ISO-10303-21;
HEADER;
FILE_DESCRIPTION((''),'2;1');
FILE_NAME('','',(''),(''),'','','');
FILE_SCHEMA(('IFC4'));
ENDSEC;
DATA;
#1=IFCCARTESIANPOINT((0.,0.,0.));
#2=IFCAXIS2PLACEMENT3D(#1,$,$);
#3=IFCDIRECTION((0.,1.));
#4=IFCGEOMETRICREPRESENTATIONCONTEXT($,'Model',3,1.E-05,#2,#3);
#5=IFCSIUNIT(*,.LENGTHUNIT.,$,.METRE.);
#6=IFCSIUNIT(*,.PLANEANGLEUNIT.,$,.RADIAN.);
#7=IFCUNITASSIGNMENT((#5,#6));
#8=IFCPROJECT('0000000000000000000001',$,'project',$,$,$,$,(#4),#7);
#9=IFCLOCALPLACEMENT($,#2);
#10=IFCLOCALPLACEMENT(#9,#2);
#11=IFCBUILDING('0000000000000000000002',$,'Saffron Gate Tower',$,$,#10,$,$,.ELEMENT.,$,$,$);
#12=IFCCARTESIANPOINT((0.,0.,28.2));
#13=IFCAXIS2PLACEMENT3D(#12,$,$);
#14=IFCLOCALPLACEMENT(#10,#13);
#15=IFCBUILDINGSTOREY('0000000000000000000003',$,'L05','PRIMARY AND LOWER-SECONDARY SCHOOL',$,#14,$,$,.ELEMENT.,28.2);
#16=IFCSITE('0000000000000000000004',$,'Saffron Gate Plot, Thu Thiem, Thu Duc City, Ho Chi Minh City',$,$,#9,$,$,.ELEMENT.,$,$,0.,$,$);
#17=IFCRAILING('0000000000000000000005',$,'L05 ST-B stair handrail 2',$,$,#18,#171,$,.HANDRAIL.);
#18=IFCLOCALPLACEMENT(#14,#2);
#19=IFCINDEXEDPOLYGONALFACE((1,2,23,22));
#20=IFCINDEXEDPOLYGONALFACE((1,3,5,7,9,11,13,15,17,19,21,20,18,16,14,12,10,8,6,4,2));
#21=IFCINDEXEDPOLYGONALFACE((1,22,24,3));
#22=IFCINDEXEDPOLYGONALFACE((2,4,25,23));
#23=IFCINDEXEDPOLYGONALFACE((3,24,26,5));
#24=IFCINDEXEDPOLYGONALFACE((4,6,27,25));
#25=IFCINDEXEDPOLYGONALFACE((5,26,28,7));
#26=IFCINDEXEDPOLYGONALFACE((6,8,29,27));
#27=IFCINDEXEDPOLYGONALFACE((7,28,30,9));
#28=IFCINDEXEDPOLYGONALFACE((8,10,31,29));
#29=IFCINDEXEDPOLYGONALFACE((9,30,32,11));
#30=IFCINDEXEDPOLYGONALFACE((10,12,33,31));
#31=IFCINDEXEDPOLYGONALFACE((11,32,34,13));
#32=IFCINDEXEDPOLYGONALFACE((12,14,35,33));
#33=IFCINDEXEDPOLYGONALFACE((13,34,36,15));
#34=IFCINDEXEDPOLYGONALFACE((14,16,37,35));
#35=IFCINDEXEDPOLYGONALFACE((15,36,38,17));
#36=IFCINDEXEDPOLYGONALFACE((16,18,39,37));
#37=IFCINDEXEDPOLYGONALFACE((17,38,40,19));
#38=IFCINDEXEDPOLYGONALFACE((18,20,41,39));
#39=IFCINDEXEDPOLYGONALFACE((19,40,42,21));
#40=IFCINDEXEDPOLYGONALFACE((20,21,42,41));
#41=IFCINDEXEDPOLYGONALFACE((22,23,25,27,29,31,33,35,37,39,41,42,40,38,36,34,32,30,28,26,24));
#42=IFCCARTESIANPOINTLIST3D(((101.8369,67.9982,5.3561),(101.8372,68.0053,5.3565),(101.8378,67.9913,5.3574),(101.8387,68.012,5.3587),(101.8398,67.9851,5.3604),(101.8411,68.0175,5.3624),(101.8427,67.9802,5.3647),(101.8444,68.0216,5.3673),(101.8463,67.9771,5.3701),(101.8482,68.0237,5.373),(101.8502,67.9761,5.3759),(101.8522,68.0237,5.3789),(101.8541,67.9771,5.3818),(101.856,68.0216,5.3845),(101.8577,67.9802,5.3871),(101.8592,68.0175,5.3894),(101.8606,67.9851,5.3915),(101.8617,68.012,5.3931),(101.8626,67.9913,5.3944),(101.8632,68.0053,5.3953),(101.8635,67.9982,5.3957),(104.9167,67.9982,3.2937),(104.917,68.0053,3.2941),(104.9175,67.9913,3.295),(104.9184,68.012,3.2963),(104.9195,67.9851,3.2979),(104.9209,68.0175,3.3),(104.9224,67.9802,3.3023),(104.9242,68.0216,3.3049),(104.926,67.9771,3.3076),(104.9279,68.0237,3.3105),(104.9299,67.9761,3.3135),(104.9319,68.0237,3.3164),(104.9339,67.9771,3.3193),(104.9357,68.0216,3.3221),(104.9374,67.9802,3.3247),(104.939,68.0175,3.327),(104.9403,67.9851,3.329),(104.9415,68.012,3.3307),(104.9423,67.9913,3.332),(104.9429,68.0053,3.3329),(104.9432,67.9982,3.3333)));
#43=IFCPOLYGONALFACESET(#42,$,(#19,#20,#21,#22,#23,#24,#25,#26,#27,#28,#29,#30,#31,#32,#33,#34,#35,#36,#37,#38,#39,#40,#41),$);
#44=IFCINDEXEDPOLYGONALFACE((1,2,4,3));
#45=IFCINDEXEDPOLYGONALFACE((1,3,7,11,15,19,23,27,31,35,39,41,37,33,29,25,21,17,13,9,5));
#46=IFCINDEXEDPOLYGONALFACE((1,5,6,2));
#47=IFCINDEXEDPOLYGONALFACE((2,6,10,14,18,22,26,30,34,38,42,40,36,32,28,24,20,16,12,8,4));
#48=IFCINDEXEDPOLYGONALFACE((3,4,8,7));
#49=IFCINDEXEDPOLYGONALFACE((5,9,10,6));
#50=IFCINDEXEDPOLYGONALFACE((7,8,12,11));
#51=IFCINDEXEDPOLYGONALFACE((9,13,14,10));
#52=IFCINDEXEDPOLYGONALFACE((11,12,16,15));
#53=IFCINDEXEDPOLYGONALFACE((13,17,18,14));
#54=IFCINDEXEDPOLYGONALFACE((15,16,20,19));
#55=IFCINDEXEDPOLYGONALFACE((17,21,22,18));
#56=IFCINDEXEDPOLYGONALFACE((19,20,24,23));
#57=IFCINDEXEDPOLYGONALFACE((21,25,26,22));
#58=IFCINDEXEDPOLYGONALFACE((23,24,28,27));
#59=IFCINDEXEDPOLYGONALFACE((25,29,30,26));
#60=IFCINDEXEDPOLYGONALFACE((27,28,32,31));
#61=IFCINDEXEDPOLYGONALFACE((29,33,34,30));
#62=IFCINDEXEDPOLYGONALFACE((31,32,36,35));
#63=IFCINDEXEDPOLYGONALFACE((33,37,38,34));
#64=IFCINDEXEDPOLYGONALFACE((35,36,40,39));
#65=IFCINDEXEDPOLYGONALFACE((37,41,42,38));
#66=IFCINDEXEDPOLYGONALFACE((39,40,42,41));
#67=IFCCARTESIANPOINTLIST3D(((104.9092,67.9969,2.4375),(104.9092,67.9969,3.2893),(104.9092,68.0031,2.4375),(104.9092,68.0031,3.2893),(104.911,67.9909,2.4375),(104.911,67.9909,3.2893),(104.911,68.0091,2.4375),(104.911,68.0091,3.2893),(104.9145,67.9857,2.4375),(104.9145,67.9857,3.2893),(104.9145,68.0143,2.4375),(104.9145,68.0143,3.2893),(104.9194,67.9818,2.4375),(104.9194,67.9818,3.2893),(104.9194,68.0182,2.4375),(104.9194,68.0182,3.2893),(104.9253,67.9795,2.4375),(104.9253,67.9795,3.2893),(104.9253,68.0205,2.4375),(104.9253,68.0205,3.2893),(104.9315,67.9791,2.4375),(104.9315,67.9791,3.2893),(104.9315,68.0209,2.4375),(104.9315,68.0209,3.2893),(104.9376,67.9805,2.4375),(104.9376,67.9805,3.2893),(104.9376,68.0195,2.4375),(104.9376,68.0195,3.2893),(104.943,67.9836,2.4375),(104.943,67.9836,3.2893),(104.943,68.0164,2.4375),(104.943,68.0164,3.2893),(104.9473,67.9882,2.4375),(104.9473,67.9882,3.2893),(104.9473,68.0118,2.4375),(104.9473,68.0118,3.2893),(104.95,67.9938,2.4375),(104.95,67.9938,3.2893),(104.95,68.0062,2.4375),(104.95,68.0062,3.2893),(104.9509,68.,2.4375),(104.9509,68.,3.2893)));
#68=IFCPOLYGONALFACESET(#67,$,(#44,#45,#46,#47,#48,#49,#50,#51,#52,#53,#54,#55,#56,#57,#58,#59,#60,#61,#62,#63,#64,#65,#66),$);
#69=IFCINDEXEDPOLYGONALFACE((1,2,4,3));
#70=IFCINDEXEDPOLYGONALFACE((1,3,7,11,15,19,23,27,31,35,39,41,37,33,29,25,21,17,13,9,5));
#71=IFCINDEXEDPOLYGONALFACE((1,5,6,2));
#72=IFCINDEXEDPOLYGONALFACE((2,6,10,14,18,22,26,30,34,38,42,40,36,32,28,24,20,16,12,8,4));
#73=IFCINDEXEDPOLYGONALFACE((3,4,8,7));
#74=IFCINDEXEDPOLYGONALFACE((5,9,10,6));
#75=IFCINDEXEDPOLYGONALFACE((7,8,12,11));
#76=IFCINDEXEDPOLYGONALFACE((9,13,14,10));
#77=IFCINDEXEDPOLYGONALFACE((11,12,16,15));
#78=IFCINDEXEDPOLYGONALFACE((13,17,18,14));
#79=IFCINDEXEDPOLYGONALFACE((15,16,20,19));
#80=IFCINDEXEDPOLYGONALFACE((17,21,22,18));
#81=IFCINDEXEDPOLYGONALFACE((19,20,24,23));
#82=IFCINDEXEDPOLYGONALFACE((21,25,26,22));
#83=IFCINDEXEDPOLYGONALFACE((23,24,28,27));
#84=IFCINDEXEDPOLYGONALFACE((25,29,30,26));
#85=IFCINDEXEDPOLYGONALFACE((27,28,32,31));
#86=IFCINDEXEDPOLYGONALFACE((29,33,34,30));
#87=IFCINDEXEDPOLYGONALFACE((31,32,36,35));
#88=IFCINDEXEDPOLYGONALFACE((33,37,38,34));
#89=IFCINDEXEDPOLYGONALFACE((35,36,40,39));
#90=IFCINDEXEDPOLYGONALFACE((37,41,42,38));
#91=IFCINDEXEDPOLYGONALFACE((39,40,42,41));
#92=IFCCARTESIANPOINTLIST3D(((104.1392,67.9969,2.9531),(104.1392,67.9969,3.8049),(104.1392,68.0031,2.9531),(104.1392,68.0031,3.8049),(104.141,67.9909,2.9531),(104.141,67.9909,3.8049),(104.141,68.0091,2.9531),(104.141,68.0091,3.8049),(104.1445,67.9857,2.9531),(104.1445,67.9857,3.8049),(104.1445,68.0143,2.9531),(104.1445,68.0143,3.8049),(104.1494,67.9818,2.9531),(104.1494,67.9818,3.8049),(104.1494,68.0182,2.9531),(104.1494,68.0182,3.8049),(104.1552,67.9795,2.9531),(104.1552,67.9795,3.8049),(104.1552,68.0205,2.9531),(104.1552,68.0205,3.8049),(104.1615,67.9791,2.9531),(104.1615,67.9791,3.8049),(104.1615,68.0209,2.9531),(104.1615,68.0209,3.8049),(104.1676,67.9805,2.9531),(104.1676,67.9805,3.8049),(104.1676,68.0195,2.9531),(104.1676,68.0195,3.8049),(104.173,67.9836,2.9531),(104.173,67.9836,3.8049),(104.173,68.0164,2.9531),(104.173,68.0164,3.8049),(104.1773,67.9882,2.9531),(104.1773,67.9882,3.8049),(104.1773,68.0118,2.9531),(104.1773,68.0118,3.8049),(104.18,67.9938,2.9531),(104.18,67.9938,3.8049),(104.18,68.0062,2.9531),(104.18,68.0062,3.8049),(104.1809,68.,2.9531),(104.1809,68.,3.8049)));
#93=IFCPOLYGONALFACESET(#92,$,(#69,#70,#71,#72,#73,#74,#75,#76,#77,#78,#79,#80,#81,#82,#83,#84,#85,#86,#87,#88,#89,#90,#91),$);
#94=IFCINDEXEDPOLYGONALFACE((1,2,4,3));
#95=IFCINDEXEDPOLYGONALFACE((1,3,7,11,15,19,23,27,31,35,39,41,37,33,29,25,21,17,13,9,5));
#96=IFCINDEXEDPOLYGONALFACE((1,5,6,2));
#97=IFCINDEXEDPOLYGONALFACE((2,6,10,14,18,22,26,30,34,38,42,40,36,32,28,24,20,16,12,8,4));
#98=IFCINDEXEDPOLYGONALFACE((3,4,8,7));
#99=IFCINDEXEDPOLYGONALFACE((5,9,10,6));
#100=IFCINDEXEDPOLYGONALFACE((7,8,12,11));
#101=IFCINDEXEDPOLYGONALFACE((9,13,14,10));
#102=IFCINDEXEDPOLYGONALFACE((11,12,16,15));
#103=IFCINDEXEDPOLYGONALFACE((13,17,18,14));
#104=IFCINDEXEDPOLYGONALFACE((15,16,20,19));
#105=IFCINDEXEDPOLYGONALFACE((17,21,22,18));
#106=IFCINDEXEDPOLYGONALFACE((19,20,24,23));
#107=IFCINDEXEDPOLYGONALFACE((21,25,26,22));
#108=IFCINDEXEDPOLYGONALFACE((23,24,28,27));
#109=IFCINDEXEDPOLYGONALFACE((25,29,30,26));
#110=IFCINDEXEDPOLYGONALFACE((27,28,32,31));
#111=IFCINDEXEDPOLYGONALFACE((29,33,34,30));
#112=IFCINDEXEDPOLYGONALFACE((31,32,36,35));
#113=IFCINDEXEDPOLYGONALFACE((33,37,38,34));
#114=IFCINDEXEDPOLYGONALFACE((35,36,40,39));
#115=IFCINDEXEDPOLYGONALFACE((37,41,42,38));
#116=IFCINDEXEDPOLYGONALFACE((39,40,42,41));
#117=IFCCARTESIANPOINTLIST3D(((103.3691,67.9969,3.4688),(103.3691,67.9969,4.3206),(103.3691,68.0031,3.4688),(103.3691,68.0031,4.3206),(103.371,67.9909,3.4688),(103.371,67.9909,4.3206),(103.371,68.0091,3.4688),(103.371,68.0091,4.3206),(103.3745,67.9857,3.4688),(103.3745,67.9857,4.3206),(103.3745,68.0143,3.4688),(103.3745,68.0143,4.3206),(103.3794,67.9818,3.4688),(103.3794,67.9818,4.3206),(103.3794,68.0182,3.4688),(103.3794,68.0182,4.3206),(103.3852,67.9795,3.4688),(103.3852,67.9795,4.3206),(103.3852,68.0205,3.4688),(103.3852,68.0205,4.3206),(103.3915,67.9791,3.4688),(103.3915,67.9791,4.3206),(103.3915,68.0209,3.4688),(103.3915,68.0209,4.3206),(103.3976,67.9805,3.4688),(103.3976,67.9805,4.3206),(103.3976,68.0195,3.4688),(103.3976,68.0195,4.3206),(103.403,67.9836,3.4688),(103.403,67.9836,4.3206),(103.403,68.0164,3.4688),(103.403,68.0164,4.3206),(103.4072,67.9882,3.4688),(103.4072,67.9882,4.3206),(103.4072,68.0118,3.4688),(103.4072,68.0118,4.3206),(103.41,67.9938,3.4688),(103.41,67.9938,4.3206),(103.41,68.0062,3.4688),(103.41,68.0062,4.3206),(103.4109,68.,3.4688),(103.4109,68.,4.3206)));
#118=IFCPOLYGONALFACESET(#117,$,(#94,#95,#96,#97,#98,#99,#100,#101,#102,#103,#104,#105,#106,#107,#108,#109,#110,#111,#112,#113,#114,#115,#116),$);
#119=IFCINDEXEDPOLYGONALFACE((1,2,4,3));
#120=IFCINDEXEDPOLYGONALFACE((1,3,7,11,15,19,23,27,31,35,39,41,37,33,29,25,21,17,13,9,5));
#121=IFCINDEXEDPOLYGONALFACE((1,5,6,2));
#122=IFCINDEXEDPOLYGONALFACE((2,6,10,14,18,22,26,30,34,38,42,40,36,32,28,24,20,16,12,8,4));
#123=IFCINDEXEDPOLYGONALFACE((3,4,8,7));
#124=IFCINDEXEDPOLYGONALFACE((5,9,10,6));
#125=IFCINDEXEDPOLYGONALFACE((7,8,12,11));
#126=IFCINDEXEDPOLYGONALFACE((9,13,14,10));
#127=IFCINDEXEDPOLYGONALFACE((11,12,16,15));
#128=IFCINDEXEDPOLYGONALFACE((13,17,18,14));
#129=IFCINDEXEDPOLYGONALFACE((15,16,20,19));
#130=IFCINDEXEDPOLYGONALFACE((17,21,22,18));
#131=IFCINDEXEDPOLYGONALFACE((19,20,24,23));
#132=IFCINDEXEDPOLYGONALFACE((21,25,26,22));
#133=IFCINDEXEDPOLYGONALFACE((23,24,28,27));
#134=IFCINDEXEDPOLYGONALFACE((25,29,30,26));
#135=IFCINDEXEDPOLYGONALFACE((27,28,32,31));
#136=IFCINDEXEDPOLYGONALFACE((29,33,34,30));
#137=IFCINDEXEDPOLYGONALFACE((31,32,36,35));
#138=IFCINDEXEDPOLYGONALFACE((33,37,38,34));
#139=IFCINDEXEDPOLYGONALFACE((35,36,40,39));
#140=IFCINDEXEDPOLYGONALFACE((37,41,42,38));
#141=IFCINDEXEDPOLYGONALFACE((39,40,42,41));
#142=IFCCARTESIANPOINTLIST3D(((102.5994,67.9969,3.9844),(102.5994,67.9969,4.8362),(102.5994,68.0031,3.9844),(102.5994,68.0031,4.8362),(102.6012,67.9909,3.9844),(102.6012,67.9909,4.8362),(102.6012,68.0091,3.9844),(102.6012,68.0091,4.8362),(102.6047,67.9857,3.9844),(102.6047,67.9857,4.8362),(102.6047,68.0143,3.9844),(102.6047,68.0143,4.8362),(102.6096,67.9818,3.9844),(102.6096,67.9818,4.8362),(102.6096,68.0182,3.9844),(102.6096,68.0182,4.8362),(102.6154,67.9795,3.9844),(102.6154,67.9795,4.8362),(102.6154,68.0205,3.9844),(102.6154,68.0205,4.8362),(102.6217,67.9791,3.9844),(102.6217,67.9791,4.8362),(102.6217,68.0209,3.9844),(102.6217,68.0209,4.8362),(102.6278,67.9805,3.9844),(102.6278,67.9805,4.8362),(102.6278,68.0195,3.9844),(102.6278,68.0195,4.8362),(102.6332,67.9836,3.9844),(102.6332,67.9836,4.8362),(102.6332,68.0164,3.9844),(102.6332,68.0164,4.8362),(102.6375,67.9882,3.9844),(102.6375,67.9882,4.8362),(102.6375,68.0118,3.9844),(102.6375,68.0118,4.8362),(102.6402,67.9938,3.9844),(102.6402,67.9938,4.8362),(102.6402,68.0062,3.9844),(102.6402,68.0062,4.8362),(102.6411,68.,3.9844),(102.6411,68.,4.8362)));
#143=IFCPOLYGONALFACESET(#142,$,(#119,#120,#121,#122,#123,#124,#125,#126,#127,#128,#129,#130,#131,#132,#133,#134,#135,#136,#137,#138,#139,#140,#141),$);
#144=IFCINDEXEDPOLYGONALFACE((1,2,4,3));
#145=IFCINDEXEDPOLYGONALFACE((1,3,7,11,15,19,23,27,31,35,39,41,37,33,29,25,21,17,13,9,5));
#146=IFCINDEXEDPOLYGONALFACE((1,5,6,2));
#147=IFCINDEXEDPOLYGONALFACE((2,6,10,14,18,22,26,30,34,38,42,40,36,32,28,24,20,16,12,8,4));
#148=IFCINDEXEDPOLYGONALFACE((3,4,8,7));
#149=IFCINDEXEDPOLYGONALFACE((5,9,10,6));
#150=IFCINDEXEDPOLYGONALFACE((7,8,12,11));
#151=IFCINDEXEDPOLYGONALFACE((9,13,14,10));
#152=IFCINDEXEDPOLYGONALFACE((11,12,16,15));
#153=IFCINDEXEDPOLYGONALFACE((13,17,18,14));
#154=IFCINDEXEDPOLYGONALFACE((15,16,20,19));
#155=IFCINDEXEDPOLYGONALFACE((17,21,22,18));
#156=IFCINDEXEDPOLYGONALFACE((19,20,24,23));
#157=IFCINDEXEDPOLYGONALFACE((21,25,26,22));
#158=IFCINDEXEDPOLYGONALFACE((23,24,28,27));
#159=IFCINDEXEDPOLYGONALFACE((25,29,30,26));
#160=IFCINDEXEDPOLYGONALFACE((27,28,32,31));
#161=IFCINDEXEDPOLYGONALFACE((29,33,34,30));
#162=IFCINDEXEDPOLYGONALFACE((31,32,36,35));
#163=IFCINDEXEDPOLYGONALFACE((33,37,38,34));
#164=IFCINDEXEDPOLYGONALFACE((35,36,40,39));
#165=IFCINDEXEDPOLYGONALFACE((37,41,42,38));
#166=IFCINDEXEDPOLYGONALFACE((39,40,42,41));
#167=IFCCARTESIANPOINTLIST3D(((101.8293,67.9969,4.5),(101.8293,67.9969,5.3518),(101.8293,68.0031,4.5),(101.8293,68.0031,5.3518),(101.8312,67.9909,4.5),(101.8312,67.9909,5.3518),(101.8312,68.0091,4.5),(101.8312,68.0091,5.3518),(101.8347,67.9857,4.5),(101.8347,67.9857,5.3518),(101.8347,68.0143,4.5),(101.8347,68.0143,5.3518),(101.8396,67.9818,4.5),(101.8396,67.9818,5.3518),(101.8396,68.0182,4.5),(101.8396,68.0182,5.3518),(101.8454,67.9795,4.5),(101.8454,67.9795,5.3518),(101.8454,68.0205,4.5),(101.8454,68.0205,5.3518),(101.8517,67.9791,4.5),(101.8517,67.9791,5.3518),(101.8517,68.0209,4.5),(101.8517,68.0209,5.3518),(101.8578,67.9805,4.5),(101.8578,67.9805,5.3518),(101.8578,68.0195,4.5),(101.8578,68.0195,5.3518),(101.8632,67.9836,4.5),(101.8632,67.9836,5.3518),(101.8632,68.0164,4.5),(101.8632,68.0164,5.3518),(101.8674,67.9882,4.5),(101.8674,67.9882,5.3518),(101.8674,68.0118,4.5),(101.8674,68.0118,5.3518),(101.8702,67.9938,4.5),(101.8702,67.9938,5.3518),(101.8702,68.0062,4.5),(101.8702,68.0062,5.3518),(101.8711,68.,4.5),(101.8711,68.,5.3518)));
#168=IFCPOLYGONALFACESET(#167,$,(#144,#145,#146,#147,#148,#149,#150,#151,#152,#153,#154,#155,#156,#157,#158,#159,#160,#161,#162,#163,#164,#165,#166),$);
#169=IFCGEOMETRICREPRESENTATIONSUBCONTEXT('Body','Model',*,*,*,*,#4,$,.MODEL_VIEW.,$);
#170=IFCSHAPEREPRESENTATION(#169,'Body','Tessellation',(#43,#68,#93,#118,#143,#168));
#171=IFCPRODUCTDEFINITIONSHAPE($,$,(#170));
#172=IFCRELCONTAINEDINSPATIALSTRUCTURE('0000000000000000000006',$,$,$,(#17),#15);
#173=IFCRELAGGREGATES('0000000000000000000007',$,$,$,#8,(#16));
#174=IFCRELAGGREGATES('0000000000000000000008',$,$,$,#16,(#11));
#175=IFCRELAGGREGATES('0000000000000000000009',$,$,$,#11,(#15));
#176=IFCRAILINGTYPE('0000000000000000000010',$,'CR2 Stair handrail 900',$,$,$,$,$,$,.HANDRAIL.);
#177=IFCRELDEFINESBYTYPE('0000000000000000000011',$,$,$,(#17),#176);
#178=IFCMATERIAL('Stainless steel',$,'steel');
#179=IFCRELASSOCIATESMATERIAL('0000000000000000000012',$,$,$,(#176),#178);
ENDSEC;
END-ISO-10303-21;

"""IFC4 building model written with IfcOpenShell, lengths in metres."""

from ifc_helpers import new_model, si_unit, direction, frame, origin, origin_2d, place, context, subcontext, project, spatial, circle, extrude, material, type_object, element, save


model = new_model("IFC4")

# Units and contexts
model_context = context("Model", 3, precision=1e-05, world=origin(), true_north=direction((0.0, 1.0)))
body_context = subcontext(model_context, "Body", "Model", "MODEL_VIEW")
ifc_project = project(units=[si_unit("LENGTHUNIT", "METRE"), si_unit("PLANEANGLEUNIT", "RADIAN")], contexts=[model_context])

# Site, building, storey
site_placement = place(None, origin())
site = spatial("IfcSite", under=ifc_project, at=site_placement, Name="Saffron Gate Plot, Thu Thiem, Thu Duc City, Ho Chi Minh City", CompositionType="ELEMENT", RefElevation=0.0)
building_placement = place(site_placement, origin())
building = spatial("IfcBuilding", under=site, at=building_placement, Name="Saffron Gate Tower", CompositionType="ELEMENT")
storey_placement = place(building_placement, frame((0.0, 0.0, 28.2)))
storey = spatial("IfcBuildingStorey", under=building, at=storey_placement, Name="L05", Description="PRIMARY AND LOWER-SECONDARY SCHOOL", CompositionType="ELEMENT", Elevation=28.2)

# Railing
ifc_material_1 = material(Name="Stainless steel", Category="steel")
railing_type_1 = type_object("IfcRailingType", Name="CR2 Stair handrail 900", PredefinedType="HANDRAIL", material=ifc_material_1)
railing_1_placement = place(storey_placement, frame((104.9299, 68.0, 2.4375)))
element("IfcRailing", 1, at=railing_1_placement, inside=storey, type_object=railing_type_1, Name="L05 ST-B stair handrail 2", PredefinedType="HANDRAIL", context=body_context, shape_type="SweptSolid", body=[
    extrude(circle(Radius=0.0239, at=origin_2d()), frame((0.0, 0.0, 0.876), z_axis=(-0.830893, 0.0, 0.556432), x_axis=(0.0, -1.0, 0.0)), (0.0, 0.0, 1.0), 3.7065),
    extrude(circle(Radius=0.021, at=origin_2d()), origin(), (0.0, 0.0, 1.0), 0.8518),
    extrude(circle(Radius=0.021, at=origin_2d()), frame((-0.77, 0.0, 0.5156)), (0.0, 0.0, 1.0), 0.8518),
    extrude(circle(Radius=0.021, at=origin_2d()), frame((-1.54, 0.0, 1.0312)), (0.0, 0.0, 1.0), 0.8518),
    extrude(circle(Radius=0.021, at=origin_2d()), frame((-2.3098, 0.0, 1.5469)), (0.0, 0.0, 1.0), 0.8518),
    extrude(circle(Radius=0.021, at=origin_2d()), frame((-3.0798, 0.0, 2.0625)), (0.0, 0.0, 1.0), 0.8518),
])

save(model, "model.ifc")
